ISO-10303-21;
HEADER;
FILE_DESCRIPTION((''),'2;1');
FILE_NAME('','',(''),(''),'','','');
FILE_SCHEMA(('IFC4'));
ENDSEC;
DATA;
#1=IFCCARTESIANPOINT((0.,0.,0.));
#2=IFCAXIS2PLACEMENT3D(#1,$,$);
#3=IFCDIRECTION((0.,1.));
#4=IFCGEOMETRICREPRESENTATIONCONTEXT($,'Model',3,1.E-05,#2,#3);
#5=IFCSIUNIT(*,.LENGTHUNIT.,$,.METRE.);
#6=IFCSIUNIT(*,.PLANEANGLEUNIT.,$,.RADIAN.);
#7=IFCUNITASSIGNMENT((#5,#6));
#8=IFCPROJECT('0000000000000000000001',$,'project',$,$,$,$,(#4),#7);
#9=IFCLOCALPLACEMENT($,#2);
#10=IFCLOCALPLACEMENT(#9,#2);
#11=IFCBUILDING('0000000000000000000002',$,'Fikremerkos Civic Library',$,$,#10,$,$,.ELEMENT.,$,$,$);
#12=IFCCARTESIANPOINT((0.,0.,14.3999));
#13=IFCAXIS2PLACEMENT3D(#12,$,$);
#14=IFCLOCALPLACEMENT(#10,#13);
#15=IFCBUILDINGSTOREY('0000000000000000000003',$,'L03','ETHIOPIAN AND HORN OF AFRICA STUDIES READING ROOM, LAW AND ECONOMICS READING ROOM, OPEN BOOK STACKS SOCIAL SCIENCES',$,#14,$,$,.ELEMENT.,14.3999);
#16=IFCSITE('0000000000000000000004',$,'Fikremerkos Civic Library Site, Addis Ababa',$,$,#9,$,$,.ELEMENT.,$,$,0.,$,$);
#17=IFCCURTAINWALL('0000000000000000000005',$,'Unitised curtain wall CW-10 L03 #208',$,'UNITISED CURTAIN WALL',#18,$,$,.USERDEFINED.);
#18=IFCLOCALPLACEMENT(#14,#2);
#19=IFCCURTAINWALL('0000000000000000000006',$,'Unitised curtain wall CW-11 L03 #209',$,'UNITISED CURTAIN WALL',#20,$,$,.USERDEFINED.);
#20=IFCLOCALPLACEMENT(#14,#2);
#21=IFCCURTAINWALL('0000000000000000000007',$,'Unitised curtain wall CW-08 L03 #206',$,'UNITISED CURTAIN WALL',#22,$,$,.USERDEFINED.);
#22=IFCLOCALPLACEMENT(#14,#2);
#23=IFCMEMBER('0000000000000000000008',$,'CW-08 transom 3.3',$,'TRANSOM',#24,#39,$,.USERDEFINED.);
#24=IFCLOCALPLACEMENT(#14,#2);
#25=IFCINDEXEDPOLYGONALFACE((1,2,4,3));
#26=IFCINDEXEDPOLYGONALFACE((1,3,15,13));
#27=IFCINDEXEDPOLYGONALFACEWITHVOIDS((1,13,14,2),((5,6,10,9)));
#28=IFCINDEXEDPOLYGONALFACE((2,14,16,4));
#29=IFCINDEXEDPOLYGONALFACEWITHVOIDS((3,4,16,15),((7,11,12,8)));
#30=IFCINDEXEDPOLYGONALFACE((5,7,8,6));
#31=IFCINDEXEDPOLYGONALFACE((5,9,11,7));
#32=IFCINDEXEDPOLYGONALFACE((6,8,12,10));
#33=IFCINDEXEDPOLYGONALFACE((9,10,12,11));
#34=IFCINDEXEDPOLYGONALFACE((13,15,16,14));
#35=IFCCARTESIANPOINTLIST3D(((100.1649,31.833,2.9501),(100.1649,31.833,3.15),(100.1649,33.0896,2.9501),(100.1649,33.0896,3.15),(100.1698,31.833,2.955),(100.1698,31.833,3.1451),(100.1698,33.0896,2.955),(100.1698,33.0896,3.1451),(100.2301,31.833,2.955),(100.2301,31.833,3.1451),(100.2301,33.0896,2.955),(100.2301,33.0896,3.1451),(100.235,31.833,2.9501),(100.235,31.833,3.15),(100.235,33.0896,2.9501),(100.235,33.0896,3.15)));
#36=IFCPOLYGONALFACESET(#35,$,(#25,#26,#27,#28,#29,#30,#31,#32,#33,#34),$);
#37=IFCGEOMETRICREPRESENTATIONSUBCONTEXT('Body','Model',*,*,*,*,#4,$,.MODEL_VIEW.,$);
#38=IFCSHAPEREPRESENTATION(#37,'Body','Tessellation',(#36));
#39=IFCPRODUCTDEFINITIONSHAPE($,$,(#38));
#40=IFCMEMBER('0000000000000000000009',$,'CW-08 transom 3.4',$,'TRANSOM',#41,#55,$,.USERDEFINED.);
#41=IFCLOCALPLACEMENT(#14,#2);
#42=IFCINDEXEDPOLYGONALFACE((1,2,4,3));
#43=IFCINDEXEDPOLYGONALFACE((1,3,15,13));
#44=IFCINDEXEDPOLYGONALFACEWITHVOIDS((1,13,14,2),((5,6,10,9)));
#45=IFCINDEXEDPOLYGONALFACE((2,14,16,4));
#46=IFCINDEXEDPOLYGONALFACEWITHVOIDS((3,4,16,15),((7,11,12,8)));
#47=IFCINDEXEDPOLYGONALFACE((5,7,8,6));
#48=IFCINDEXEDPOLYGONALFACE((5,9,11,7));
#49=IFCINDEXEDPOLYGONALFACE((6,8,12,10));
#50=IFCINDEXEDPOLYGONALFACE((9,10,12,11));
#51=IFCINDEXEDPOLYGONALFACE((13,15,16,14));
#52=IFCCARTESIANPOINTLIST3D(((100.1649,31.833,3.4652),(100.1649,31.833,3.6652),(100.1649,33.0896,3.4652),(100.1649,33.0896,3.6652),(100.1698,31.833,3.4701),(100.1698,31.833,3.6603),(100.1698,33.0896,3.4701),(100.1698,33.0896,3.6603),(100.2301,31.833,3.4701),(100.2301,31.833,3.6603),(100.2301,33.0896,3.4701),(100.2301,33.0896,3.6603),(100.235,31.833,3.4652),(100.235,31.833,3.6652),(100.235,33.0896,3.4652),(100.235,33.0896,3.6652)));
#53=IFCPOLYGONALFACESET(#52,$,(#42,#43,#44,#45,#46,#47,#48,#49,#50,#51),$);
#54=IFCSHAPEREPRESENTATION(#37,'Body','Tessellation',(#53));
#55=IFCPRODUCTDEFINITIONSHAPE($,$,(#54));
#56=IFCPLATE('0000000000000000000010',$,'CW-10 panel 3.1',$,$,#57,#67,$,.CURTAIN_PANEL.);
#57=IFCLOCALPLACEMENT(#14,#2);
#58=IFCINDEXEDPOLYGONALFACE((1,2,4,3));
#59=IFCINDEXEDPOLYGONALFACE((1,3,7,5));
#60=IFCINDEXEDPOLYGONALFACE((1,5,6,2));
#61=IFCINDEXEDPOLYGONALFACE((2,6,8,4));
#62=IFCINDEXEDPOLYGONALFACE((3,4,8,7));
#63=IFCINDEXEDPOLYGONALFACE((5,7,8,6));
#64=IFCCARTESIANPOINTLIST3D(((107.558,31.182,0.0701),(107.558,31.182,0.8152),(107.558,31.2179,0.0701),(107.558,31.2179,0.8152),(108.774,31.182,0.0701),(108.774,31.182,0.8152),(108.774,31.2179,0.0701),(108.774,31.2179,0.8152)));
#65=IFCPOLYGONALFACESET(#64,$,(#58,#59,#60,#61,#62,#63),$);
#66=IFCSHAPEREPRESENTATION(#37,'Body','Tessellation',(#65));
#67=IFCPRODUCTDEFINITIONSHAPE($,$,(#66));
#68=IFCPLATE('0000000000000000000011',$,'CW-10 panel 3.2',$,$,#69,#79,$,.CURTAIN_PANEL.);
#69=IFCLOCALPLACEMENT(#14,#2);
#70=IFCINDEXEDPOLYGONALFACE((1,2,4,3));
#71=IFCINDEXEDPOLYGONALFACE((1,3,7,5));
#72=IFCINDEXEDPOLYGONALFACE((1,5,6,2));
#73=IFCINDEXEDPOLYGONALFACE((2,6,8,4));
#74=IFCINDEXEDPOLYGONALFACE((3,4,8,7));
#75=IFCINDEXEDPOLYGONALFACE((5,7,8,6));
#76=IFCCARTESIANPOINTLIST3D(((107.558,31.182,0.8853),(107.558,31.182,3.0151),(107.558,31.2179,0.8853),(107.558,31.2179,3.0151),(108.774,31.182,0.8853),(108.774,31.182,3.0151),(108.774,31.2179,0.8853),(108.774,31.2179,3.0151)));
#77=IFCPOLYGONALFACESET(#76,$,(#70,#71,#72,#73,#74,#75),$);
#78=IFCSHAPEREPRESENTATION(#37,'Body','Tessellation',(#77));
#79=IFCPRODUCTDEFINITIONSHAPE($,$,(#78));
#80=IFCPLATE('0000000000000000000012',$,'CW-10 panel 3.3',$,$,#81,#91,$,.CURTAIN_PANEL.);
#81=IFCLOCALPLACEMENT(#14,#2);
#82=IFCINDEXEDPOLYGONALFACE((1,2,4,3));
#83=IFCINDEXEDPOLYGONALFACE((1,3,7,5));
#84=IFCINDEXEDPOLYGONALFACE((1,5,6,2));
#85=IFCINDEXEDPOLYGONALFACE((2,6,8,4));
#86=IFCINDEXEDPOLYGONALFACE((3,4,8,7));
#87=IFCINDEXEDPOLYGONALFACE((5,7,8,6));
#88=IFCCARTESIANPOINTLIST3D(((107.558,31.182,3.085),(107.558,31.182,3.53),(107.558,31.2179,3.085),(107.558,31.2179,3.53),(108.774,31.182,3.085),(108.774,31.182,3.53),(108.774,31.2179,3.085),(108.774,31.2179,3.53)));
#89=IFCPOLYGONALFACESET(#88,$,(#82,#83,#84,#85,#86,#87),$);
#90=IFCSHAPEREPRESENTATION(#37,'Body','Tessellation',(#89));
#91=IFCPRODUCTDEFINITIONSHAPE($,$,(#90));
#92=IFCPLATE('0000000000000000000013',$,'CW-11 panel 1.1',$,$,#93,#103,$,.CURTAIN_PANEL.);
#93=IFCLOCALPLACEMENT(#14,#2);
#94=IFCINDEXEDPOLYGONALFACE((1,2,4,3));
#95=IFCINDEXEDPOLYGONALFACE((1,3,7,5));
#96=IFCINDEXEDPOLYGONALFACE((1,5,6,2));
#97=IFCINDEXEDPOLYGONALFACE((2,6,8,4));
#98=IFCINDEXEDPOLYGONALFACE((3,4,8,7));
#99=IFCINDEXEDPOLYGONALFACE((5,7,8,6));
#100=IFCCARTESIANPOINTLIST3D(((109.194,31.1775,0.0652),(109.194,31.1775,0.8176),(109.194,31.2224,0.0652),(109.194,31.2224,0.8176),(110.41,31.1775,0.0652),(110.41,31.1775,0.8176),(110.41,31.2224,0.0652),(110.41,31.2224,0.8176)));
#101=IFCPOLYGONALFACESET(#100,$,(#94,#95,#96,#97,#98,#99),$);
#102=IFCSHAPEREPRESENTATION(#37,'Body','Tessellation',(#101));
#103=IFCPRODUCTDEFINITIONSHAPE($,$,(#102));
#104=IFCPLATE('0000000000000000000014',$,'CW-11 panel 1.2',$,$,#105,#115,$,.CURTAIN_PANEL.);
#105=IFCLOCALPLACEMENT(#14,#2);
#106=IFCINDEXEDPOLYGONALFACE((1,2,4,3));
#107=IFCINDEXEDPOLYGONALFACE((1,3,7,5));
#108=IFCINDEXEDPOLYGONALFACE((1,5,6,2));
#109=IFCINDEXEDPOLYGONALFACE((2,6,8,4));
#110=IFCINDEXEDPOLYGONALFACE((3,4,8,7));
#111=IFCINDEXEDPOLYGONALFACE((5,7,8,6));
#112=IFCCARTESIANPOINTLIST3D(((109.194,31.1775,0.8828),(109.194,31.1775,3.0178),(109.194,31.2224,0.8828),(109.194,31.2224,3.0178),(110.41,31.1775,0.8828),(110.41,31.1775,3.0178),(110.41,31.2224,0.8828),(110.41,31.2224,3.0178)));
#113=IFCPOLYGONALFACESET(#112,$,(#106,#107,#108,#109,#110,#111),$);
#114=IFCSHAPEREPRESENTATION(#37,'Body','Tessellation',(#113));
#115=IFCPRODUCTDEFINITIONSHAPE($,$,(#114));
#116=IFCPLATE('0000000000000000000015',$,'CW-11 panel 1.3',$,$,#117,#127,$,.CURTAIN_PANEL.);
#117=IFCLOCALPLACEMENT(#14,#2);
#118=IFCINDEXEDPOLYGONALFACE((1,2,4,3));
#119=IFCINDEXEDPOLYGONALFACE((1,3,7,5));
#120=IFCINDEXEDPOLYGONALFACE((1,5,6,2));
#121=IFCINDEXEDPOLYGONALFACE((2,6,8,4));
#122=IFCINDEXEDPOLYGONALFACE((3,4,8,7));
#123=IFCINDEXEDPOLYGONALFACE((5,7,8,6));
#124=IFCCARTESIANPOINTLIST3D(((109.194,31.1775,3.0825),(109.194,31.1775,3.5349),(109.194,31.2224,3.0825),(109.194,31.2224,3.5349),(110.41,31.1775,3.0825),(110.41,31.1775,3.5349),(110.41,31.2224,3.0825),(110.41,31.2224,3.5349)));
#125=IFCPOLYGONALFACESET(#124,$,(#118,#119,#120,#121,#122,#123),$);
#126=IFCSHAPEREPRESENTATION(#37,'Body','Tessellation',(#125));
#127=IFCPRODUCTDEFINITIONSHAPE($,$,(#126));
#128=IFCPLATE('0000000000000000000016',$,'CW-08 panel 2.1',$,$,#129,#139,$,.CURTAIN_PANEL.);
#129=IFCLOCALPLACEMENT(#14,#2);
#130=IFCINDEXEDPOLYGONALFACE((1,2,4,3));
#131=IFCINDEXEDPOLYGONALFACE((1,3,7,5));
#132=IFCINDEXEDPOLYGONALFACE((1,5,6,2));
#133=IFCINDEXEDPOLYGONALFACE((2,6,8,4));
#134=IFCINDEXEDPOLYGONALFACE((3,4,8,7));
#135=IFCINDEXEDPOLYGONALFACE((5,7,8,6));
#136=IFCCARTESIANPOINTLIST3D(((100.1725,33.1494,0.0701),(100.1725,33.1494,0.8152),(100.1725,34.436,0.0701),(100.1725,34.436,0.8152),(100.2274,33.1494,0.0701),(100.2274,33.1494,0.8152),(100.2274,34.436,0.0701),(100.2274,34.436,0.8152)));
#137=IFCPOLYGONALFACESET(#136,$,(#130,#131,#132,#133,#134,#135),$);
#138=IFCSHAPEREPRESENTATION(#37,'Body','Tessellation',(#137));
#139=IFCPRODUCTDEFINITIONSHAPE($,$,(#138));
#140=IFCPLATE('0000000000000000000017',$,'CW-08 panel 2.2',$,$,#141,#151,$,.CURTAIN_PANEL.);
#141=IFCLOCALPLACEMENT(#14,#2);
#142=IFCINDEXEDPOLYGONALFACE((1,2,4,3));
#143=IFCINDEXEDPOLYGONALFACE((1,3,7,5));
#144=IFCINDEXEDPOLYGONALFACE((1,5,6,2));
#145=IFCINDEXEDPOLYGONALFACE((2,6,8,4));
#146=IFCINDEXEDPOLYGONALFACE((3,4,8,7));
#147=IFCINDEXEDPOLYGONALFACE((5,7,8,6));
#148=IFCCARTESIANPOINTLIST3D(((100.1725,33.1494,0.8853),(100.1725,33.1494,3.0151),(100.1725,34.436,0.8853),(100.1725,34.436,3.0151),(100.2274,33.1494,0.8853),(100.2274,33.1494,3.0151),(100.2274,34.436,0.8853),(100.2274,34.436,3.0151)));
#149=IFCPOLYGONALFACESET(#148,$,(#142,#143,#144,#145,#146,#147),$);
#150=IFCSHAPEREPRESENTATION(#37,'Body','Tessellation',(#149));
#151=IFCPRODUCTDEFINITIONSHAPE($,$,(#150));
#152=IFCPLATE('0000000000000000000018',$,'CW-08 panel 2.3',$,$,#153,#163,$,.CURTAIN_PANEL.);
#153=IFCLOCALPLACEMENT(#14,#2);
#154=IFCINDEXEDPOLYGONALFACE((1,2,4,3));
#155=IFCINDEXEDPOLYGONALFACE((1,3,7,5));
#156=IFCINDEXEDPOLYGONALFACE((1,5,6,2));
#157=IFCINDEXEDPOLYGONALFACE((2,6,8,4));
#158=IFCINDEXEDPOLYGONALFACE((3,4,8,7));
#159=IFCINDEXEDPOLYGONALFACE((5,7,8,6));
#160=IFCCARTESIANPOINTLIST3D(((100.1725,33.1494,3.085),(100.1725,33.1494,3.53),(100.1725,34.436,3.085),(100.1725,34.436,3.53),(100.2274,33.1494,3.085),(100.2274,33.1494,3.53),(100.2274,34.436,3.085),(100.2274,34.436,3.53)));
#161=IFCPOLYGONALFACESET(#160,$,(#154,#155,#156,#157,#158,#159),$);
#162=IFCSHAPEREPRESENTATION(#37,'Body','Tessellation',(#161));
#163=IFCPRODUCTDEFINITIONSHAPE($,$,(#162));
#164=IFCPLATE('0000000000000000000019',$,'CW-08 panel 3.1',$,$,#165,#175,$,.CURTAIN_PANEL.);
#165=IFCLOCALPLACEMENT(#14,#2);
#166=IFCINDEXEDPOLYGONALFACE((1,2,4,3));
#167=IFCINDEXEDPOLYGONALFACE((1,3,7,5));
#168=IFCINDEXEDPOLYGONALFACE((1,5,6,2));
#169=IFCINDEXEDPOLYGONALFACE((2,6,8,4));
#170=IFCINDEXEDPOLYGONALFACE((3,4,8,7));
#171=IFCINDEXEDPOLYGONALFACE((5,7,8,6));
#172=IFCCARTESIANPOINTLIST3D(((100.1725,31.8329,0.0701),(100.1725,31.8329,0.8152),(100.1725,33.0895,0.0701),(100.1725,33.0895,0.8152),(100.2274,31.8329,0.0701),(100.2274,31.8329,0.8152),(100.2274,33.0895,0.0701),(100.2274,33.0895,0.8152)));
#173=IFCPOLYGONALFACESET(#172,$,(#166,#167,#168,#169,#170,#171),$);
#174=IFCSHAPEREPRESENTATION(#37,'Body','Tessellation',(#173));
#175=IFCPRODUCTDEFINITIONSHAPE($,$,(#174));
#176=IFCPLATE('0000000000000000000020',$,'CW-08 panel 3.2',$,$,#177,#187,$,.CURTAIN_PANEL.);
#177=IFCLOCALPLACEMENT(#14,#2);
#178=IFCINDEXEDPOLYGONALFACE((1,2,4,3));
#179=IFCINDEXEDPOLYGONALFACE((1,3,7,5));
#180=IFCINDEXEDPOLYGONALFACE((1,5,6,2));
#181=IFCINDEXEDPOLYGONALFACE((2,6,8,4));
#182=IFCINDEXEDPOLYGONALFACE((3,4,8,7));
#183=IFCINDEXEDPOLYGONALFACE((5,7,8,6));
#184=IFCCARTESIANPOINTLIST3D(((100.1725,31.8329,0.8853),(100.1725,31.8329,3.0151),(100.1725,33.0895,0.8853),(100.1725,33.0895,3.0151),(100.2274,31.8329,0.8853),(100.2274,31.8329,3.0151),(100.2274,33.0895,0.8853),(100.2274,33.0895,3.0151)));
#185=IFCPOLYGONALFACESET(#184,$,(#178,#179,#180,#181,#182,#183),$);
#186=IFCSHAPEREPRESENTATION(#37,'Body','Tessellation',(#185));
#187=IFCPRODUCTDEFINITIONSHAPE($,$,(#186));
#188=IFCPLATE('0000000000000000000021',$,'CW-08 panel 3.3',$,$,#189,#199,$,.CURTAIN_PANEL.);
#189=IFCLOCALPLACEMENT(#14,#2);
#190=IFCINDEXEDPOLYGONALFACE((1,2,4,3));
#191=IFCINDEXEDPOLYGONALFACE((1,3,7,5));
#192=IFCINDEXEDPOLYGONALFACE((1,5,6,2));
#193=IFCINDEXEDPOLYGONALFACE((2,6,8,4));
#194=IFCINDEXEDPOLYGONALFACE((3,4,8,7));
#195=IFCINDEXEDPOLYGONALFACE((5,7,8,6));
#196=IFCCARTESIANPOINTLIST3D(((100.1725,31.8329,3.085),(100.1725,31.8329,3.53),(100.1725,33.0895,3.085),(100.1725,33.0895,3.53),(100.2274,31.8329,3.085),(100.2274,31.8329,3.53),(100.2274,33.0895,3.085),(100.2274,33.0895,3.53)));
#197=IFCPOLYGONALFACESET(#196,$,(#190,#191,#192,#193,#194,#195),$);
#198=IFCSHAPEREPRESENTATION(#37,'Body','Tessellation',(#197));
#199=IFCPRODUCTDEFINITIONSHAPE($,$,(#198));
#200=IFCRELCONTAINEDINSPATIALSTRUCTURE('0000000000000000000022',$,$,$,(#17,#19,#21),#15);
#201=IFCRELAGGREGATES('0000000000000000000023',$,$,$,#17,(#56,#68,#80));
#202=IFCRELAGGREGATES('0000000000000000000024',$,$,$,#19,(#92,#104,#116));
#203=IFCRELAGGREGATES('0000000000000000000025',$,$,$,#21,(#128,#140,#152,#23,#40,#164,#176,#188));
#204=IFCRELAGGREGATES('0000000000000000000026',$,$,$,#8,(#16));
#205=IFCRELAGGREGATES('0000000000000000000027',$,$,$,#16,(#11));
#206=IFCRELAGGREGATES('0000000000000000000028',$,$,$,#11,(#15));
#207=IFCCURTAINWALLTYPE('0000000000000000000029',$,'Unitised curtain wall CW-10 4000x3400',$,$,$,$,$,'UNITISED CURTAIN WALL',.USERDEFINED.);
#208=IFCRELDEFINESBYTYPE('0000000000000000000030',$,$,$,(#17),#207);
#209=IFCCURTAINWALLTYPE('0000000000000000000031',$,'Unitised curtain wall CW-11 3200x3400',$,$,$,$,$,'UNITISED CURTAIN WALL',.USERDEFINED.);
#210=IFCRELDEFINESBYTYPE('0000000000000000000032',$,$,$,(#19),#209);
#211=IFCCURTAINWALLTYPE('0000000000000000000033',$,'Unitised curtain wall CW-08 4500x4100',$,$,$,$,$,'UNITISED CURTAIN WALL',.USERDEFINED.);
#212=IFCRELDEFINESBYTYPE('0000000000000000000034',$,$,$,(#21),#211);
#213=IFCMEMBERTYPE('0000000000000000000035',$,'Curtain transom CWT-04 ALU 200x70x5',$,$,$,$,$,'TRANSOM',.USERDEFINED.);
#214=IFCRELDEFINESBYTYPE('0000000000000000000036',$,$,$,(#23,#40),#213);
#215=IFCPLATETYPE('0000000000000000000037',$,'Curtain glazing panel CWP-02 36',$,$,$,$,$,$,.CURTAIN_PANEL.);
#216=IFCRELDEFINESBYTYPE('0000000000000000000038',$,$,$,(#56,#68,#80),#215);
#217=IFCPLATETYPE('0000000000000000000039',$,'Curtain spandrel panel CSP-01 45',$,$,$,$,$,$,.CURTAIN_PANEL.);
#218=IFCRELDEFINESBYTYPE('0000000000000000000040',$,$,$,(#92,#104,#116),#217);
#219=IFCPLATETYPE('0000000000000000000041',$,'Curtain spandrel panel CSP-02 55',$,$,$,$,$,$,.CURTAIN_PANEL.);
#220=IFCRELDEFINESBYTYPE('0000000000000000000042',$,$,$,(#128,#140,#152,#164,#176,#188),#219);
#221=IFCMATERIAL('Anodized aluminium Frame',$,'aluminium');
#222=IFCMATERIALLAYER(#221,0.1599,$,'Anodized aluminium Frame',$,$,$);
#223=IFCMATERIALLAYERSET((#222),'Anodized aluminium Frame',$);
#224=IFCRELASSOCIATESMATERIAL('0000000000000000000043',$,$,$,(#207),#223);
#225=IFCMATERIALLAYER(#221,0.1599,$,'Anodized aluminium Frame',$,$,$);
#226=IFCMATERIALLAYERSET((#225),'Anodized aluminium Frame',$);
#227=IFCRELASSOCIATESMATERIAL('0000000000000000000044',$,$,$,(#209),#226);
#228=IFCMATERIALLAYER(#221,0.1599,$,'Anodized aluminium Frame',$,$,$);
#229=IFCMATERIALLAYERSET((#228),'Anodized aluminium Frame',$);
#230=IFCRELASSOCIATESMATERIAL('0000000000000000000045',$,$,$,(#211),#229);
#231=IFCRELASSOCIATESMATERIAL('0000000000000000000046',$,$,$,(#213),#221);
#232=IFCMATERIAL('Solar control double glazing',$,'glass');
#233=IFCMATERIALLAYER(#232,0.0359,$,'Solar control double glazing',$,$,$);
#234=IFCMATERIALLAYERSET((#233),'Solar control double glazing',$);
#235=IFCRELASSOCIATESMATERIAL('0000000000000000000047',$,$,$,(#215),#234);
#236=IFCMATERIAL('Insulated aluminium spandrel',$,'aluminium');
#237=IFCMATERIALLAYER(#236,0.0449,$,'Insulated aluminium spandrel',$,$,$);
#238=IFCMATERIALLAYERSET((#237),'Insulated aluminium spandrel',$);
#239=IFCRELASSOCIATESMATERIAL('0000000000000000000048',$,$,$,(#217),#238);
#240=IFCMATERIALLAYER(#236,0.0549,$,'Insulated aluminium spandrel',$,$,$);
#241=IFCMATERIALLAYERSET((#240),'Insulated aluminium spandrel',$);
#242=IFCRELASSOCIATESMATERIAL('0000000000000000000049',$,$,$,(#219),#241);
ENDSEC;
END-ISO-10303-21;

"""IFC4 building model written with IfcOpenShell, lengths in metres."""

from ifc_helpers import new_model, si_unit, direction, frame, origin, origin_2d, place, context, subcontext, project, spatial, rectangle, hollow_rectangle, extrude, material, layer, layer_set, material_profile, profile_set, type_object, element, aggregate, save


model = new_model("IFC4")

# Units and contexts
model_context = context("Model", 3, precision=1e-05, world=origin(), true_north=direction((0.0, 1.0)))
body_context = subcontext(model_context, "Body", "Model", "MODEL_VIEW")
ifc_project = project(units=[si_unit("LENGTHUNIT", "METRE"), si_unit("PLANEANGLEUNIT", "RADIAN")], contexts=[model_context])

# Site, building, storey
site_placement = place(None, origin())
site = spatial("IfcSite", under=ifc_project, at=site_placement, Name="Fikremerkos Civic Library Site, Addis Ababa", CompositionType="ELEMENT", RefElevation=0.0)
building_placement = place(site_placement, origin())
building = spatial("IfcBuilding", under=site, at=building_placement, Name="Fikremerkos Civic Library", CompositionType="ELEMENT")
storey_placement = place(building_placement, frame((0.0, 0.0, 14.3999)))
storey = spatial("IfcBuildingStorey", under=building, at=storey_placement, Name="L03", Description="ETHIOPIAN AND HORN OF AFRICA STUDIES READING ROOM, LAW AND ECONOMICS READING ROOM, OPEN BOOK STACKS SOCIAL SCIENCES", CompositionType="ELEMENT", Elevation=14.3999)

# Curtain wall
ifc_material_1 = material(Name="Anodized aluminium Frame", Category="aluminium")
ifc_layer_1 = layer(ifc_material_1, 0.1599, Name="Anodized aluminium Frame")
ifc_layer_set_1 = layer_set([ifc_layer_1], Name="Anodized aluminium Frame")
curtain_wall_type_1 = type_object("IfcCurtainWallType", Name="Unitised curtain wall CW-10 4000x3400", ElementType="UNITISED CURTAIN WALL", PredefinedType="USERDEFINED", material=ifc_layer_set_1)
curtain_wall_1_placement = place(storey_placement, origin())
curtain_wall_1 = element("IfcCurtainWall", 1, at=curtain_wall_1_placement, inside=storey, type_object=curtain_wall_type_1, Name="Unitised curtain wall CW-10 L03 #208", ObjectType="UNITISED CURTAIN WALL", PredefinedType="USERDEFINED")

# Curtain walls
ifc_layer_2 = layer(ifc_material_1, 0.1599, Name="Anodized aluminium Frame")
ifc_layer_set_2 = layer_set([ifc_layer_2], Name="Anodized aluminium Frame")
curtain_wall_type_2 = type_object("IfcCurtainWallType", Name="Unitised curtain wall CW-11 3200x3400", ElementType="UNITISED CURTAIN WALL", PredefinedType="USERDEFINED", material=ifc_layer_set_2)
curtain_wall_2_placement = place(storey_placement, origin())
curtain_wall_2 = element("IfcCurtainWall", 2, at=curtain_wall_2_placement, inside=storey, type_object=curtain_wall_type_2, Name="Unitised curtain wall CW-11 L03 #209", ObjectType="UNITISED CURTAIN WALL", PredefinedType="USERDEFINED")
ifc_layer_3 = layer(ifc_material_1, 0.1599, Name="Anodized aluminium Frame")
ifc_layer_set_3 = layer_set([ifc_layer_3], Name="Anodized aluminium Frame")
curtain_wall_type_3 = type_object("IfcCurtainWallType", Name="Unitised curtain wall CW-08 4500x4100", ElementType="UNITISED CURTAIN WALL", PredefinedType="USERDEFINED", material=ifc_layer_set_3)
curtain_wall_3_placement = place(storey_placement, origin())
curtain_wall_3 = element("IfcCurtainWall", 3, at=curtain_wall_3_placement, inside=storey, type_object=curtain_wall_type_3, Name="Unitised curtain wall CW-08 L03 #206", ObjectType="UNITISED CURTAIN WALL", PredefinedType="USERDEFINED")

# Members
ifc_material_profile_1 = material_profile(ifc_material_1, hollow_rectangle(XDim=0.0701, YDim=0.2, WallThickness=0.0049, at=origin_2d()), Name="ALU 200x70x5")
ifc_profile_set_1 = profile_set([ifc_material_profile_1], Name="Anodized aluminium Frame")
member_type_1 = type_object("IfcMemberType", Name="Curtain transom CWT-04 ALU 200x70x5", ElementType="TRANSOM", PredefinedType="USERDEFINED", material=ifc_profile_set_1)
member_1_placement = place(storey_placement, frame((100.2, 33.0896, 3.05), z_axis=(0.0, -1.0, 0.0), x_axis=(1.0, 0.0, 0.0)))
member_1 = element("IfcMember", 4, at=member_1_placement, type_object=member_type_1, Name="CW-08 transom 3.3", ObjectType="TRANSOM", PredefinedType="USERDEFINED", context=body_context, shape_type="SweptSolid", body=[
    extrude(hollow_rectangle(XDim=0.0701, YDim=0.2, WallThickness=0.0049, at=origin_2d()), origin(), (0.0, 0.0, 1.0), 1.2566),
])
member_2_placement = place(storey_placement, frame((100.2, 33.0896, 3.5652), z_axis=(0.0, -1.0, 0.0), x_axis=(1.0, 0.0, 0.0)))
member_2 = element("IfcMember", 5, at=member_2_placement, type_object=member_type_1, Name="CW-08 transom 3.4", ObjectType="TRANSOM", PredefinedType="USERDEFINED", context=body_context, shape_type="SweptSolid", body=[
    extrude(hollow_rectangle(XDim=0.0701, YDim=0.2, WallThickness=0.0049, at=origin_2d()), origin(), (0.0, 0.0, 1.0), 1.2566),
])

# Plates
ifc_material_2 = material(Name="Solar control double glazing", Category="glass")
ifc_layer_4 = layer(ifc_material_2, 0.0359, Name="Solar control double glazing")
ifc_layer_set_4 = layer_set([ifc_layer_4], Name="Solar control double glazing")
plate_type_1 = type_object("IfcPlateType", Name="Curtain glazing panel CWP-02 36", PredefinedType="CURTAIN_PANEL", material=ifc_layer_set_4)
plate_1_placement = place(storey_placement, frame((108.166, 31.2, 0.0701), z_axis=(0.0, 0.0, 1.0), x_axis=(1.0, 0.0, 0.0)))
plate_1 = element("IfcPlate", 6, at=plate_1_placement, type_object=plate_type_1, Name="CW-10 panel 3.1", PredefinedType="CURTAIN_PANEL", context=body_context, shape_type="SweptSolid", body=[
    extrude(rectangle(XDim=1.2161, YDim=0.0359, at=origin_2d()), origin(), (0.0, 0.0, 1.0), 0.7451),
])
plate_2_placement = place(storey_placement, frame((108.166, 31.2, 0.8853), z_axis=(0.0, 0.0, 1.0), x_axis=(1.0, 0.0, 0.0)))
plate_2 = element("IfcPlate", 7, at=plate_2_placement, type_object=plate_type_1, Name="CW-10 panel 3.2", PredefinedType="CURTAIN_PANEL", context=body_context, shape_type="SweptSolid", body=[
    extrude(rectangle(XDim=1.2161, YDim=0.0359, at=origin_2d()), origin(), (0.0, 0.0, 1.0), 2.1299),
])
plate_3_placement = place(storey_placement, frame((108.166, 31.2, 3.085), z_axis=(0.0, 0.0, 1.0), x_axis=(1.0, 0.0, 0.0)))
plate_3 = element("IfcPlate", 8, at=plate_3_placement, type_object=plate_type_1, Name="CW-10 panel 3.3", PredefinedType="CURTAIN_PANEL", context=body_context, shape_type="SweptSolid", body=[
    extrude(rectangle(XDim=1.2161, YDim=0.0359, at=origin_2d()), origin(), (0.0, 0.0, 1.0), 0.4451),
])
aggregate(curtain_wall_1, [plate_1, plate_2, plate_3])
ifc_material_3 = material(Name="Insulated aluminium spandrel", Category="aluminium")
ifc_layer_5 = layer(ifc_material_3, 0.0449, Name="Insulated aluminium spandrel")
ifc_layer_set_5 = layer_set([ifc_layer_5], Name="Insulated aluminium spandrel")
plate_type_2 = type_object("IfcPlateType", Name="Curtain spandrel panel CSP-01 45", PredefinedType="CURTAIN_PANEL", material=ifc_layer_set_5)
plate_4_placement = place(storey_placement, frame((109.802, 31.2, 0.0652), z_axis=(0.0, 0.0, 1.0), x_axis=(1.0, 0.0, 0.0)))
plate_4 = element("IfcPlate", 9, at=plate_4_placement, type_object=plate_type_2, Name="CW-11 panel 1.1", PredefinedType="CURTAIN_PANEL", context=body_context, shape_type="SweptSolid", body=[
    extrude(rectangle(XDim=1.2161, YDim=0.0449, at=origin_2d()), origin(), (0.0, 0.0, 1.0), 0.7524),
])
plate_5_placement = place(storey_placement, frame((109.802, 31.2, 0.8828), z_axis=(0.0, 0.0, 1.0), x_axis=(1.0, 0.0, 0.0)))
plate_5 = element("IfcPlate", 10, at=plate_5_placement, type_object=plate_type_2, Name="CW-11 panel 1.2", PredefinedType="CURTAIN_PANEL", context=body_context, shape_type="SweptSolid", body=[
    extrude(rectangle(XDim=1.2161, YDim=0.0449, at=origin_2d()), origin(), (0.0, 0.0, 1.0), 2.135),
])
plate_6_placement = place(storey_placement, frame((109.802, 31.2, 3.0825), z_axis=(0.0, 0.0, 1.0), x_axis=(1.0, 0.0, 0.0)))
plate_6 = element("IfcPlate", 11, at=plate_6_placement, type_object=plate_type_2, Name="CW-11 panel 1.3", PredefinedType="CURTAIN_PANEL", context=body_context, shape_type="SweptSolid", body=[
    extrude(rectangle(XDim=1.2161, YDim=0.0449, at=origin_2d()), origin(), (0.0, 0.0, 1.0), 0.4524),
])
aggregate(curtain_wall_2, [plate_4, plate_5, plate_6])
ifc_layer_6 = layer(ifc_material_3, 0.0549, Name="Insulated aluminium spandrel")
ifc_layer_set_6 = layer_set([ifc_layer_6], Name="Insulated aluminium spandrel")
plate_type_3 = type_object("IfcPlateType", Name="Curtain spandrel panel CSP-02 55", PredefinedType="CURTAIN_PANEL", material=ifc_layer_set_6)
plate_7_placement = place(storey_placement, frame((100.2, 33.7927, 0.0701), z_axis=(0.0, 0.0, 1.0), x_axis=(0.0, -1.0, 0.0)))
plate_7 = element("IfcPlate", 12, at=plate_7_placement, type_object=plate_type_3, Name="CW-08 panel 2.1", PredefinedType="CURTAIN_PANEL", context=body_context, shape_type="SweptSolid", body=[
    extrude(rectangle(XDim=1.2866, YDim=0.0549, at=origin_2d()), origin(), (0.0, 0.0, 1.0), 0.7451),
])
plate_8_placement = place(storey_placement, frame((100.2, 33.7927, 0.8853), z_axis=(0.0, 0.0, 1.0), x_axis=(0.0, -1.0, 0.0)))
plate_8 = element("IfcPlate", 13, at=plate_8_placement, type_object=plate_type_3, Name="CW-08 panel 2.2", PredefinedType="CURTAIN_PANEL", context=body_context, shape_type="SweptSolid", body=[
    extrude(rectangle(XDim=1.2866, YDim=0.0549, at=origin_2d()), origin(), (0.0, 0.0, 1.0), 2.1299),
])
plate_9_placement = place(storey_placement, frame((100.2, 33.7927, 3.085), z_axis=(0.0, 0.0, 1.0), x_axis=(0.0, -1.0, 0.0)))
plate_9 = element("IfcPlate", 14, at=plate_9_placement, type_object=plate_type_3, Name="CW-08 panel 2.3", PredefinedType="CURTAIN_PANEL", context=body_context, shape_type="SweptSolid", body=[
    extrude(rectangle(XDim=1.2866, YDim=0.0549, at=origin_2d()), origin(), (0.0, 0.0, 1.0), 0.4451),
])
plate_10_placement = place(storey_placement, frame((100.2, 32.4612, 0.0701), z_axis=(0.0, 0.0, 1.0), x_axis=(0.0, -1.0, 0.0)))
plate_10 = element("IfcPlate", 15, at=plate_10_placement, type_object=plate_type_3, Name="CW-08 panel 3.1", PredefinedType="CURTAIN_PANEL", context=body_context, shape_type="SweptSolid", body=[
    extrude(rectangle(XDim=1.2566, YDim=0.0549, at=origin_2d()), origin(), (0.0, 0.0, 1.0), 0.7451),
])
plate_11_placement = place(storey_placement, frame((100.2, 32.4612, 0.8853), z_axis=(0.0, 0.0, 1.0), x_axis=(0.0, -1.0, 0.0)))
plate_11 = element("IfcPlate", 16, at=plate_11_placement, type_object=plate_type_3, Name="CW-08 panel 3.2", PredefinedType="CURTAIN_PANEL", context=body_context, shape_type="SweptSolid", body=[
    extrude(rectangle(XDim=1.2566, YDim=0.0549, at=origin_2d()), origin(), (0.0, 0.0, 1.0), 2.1299),
])
plate_12_placement = place(storey_placement, frame((100.2, 32.4612, 3.085), z_axis=(0.0, 0.0, 1.0), x_axis=(0.0, -1.0, 0.0)))
plate_12 = element("IfcPlate", 17, at=plate_12_placement, type_object=plate_type_3, Name="CW-08 panel 3.3", PredefinedType="CURTAIN_PANEL", context=body_context, shape_type="SweptSolid", body=[
    extrude(rectangle(XDim=1.2566, YDim=0.0549, at=origin_2d()), origin(), (0.0, 0.0, 1.0), 0.4451),
])
aggregate(curtain_wall_3, [plate_7, plate_8, plate_9, member_1, member_2, plate_10, plate_11, plate_12])

save(model, "model.ifc")
